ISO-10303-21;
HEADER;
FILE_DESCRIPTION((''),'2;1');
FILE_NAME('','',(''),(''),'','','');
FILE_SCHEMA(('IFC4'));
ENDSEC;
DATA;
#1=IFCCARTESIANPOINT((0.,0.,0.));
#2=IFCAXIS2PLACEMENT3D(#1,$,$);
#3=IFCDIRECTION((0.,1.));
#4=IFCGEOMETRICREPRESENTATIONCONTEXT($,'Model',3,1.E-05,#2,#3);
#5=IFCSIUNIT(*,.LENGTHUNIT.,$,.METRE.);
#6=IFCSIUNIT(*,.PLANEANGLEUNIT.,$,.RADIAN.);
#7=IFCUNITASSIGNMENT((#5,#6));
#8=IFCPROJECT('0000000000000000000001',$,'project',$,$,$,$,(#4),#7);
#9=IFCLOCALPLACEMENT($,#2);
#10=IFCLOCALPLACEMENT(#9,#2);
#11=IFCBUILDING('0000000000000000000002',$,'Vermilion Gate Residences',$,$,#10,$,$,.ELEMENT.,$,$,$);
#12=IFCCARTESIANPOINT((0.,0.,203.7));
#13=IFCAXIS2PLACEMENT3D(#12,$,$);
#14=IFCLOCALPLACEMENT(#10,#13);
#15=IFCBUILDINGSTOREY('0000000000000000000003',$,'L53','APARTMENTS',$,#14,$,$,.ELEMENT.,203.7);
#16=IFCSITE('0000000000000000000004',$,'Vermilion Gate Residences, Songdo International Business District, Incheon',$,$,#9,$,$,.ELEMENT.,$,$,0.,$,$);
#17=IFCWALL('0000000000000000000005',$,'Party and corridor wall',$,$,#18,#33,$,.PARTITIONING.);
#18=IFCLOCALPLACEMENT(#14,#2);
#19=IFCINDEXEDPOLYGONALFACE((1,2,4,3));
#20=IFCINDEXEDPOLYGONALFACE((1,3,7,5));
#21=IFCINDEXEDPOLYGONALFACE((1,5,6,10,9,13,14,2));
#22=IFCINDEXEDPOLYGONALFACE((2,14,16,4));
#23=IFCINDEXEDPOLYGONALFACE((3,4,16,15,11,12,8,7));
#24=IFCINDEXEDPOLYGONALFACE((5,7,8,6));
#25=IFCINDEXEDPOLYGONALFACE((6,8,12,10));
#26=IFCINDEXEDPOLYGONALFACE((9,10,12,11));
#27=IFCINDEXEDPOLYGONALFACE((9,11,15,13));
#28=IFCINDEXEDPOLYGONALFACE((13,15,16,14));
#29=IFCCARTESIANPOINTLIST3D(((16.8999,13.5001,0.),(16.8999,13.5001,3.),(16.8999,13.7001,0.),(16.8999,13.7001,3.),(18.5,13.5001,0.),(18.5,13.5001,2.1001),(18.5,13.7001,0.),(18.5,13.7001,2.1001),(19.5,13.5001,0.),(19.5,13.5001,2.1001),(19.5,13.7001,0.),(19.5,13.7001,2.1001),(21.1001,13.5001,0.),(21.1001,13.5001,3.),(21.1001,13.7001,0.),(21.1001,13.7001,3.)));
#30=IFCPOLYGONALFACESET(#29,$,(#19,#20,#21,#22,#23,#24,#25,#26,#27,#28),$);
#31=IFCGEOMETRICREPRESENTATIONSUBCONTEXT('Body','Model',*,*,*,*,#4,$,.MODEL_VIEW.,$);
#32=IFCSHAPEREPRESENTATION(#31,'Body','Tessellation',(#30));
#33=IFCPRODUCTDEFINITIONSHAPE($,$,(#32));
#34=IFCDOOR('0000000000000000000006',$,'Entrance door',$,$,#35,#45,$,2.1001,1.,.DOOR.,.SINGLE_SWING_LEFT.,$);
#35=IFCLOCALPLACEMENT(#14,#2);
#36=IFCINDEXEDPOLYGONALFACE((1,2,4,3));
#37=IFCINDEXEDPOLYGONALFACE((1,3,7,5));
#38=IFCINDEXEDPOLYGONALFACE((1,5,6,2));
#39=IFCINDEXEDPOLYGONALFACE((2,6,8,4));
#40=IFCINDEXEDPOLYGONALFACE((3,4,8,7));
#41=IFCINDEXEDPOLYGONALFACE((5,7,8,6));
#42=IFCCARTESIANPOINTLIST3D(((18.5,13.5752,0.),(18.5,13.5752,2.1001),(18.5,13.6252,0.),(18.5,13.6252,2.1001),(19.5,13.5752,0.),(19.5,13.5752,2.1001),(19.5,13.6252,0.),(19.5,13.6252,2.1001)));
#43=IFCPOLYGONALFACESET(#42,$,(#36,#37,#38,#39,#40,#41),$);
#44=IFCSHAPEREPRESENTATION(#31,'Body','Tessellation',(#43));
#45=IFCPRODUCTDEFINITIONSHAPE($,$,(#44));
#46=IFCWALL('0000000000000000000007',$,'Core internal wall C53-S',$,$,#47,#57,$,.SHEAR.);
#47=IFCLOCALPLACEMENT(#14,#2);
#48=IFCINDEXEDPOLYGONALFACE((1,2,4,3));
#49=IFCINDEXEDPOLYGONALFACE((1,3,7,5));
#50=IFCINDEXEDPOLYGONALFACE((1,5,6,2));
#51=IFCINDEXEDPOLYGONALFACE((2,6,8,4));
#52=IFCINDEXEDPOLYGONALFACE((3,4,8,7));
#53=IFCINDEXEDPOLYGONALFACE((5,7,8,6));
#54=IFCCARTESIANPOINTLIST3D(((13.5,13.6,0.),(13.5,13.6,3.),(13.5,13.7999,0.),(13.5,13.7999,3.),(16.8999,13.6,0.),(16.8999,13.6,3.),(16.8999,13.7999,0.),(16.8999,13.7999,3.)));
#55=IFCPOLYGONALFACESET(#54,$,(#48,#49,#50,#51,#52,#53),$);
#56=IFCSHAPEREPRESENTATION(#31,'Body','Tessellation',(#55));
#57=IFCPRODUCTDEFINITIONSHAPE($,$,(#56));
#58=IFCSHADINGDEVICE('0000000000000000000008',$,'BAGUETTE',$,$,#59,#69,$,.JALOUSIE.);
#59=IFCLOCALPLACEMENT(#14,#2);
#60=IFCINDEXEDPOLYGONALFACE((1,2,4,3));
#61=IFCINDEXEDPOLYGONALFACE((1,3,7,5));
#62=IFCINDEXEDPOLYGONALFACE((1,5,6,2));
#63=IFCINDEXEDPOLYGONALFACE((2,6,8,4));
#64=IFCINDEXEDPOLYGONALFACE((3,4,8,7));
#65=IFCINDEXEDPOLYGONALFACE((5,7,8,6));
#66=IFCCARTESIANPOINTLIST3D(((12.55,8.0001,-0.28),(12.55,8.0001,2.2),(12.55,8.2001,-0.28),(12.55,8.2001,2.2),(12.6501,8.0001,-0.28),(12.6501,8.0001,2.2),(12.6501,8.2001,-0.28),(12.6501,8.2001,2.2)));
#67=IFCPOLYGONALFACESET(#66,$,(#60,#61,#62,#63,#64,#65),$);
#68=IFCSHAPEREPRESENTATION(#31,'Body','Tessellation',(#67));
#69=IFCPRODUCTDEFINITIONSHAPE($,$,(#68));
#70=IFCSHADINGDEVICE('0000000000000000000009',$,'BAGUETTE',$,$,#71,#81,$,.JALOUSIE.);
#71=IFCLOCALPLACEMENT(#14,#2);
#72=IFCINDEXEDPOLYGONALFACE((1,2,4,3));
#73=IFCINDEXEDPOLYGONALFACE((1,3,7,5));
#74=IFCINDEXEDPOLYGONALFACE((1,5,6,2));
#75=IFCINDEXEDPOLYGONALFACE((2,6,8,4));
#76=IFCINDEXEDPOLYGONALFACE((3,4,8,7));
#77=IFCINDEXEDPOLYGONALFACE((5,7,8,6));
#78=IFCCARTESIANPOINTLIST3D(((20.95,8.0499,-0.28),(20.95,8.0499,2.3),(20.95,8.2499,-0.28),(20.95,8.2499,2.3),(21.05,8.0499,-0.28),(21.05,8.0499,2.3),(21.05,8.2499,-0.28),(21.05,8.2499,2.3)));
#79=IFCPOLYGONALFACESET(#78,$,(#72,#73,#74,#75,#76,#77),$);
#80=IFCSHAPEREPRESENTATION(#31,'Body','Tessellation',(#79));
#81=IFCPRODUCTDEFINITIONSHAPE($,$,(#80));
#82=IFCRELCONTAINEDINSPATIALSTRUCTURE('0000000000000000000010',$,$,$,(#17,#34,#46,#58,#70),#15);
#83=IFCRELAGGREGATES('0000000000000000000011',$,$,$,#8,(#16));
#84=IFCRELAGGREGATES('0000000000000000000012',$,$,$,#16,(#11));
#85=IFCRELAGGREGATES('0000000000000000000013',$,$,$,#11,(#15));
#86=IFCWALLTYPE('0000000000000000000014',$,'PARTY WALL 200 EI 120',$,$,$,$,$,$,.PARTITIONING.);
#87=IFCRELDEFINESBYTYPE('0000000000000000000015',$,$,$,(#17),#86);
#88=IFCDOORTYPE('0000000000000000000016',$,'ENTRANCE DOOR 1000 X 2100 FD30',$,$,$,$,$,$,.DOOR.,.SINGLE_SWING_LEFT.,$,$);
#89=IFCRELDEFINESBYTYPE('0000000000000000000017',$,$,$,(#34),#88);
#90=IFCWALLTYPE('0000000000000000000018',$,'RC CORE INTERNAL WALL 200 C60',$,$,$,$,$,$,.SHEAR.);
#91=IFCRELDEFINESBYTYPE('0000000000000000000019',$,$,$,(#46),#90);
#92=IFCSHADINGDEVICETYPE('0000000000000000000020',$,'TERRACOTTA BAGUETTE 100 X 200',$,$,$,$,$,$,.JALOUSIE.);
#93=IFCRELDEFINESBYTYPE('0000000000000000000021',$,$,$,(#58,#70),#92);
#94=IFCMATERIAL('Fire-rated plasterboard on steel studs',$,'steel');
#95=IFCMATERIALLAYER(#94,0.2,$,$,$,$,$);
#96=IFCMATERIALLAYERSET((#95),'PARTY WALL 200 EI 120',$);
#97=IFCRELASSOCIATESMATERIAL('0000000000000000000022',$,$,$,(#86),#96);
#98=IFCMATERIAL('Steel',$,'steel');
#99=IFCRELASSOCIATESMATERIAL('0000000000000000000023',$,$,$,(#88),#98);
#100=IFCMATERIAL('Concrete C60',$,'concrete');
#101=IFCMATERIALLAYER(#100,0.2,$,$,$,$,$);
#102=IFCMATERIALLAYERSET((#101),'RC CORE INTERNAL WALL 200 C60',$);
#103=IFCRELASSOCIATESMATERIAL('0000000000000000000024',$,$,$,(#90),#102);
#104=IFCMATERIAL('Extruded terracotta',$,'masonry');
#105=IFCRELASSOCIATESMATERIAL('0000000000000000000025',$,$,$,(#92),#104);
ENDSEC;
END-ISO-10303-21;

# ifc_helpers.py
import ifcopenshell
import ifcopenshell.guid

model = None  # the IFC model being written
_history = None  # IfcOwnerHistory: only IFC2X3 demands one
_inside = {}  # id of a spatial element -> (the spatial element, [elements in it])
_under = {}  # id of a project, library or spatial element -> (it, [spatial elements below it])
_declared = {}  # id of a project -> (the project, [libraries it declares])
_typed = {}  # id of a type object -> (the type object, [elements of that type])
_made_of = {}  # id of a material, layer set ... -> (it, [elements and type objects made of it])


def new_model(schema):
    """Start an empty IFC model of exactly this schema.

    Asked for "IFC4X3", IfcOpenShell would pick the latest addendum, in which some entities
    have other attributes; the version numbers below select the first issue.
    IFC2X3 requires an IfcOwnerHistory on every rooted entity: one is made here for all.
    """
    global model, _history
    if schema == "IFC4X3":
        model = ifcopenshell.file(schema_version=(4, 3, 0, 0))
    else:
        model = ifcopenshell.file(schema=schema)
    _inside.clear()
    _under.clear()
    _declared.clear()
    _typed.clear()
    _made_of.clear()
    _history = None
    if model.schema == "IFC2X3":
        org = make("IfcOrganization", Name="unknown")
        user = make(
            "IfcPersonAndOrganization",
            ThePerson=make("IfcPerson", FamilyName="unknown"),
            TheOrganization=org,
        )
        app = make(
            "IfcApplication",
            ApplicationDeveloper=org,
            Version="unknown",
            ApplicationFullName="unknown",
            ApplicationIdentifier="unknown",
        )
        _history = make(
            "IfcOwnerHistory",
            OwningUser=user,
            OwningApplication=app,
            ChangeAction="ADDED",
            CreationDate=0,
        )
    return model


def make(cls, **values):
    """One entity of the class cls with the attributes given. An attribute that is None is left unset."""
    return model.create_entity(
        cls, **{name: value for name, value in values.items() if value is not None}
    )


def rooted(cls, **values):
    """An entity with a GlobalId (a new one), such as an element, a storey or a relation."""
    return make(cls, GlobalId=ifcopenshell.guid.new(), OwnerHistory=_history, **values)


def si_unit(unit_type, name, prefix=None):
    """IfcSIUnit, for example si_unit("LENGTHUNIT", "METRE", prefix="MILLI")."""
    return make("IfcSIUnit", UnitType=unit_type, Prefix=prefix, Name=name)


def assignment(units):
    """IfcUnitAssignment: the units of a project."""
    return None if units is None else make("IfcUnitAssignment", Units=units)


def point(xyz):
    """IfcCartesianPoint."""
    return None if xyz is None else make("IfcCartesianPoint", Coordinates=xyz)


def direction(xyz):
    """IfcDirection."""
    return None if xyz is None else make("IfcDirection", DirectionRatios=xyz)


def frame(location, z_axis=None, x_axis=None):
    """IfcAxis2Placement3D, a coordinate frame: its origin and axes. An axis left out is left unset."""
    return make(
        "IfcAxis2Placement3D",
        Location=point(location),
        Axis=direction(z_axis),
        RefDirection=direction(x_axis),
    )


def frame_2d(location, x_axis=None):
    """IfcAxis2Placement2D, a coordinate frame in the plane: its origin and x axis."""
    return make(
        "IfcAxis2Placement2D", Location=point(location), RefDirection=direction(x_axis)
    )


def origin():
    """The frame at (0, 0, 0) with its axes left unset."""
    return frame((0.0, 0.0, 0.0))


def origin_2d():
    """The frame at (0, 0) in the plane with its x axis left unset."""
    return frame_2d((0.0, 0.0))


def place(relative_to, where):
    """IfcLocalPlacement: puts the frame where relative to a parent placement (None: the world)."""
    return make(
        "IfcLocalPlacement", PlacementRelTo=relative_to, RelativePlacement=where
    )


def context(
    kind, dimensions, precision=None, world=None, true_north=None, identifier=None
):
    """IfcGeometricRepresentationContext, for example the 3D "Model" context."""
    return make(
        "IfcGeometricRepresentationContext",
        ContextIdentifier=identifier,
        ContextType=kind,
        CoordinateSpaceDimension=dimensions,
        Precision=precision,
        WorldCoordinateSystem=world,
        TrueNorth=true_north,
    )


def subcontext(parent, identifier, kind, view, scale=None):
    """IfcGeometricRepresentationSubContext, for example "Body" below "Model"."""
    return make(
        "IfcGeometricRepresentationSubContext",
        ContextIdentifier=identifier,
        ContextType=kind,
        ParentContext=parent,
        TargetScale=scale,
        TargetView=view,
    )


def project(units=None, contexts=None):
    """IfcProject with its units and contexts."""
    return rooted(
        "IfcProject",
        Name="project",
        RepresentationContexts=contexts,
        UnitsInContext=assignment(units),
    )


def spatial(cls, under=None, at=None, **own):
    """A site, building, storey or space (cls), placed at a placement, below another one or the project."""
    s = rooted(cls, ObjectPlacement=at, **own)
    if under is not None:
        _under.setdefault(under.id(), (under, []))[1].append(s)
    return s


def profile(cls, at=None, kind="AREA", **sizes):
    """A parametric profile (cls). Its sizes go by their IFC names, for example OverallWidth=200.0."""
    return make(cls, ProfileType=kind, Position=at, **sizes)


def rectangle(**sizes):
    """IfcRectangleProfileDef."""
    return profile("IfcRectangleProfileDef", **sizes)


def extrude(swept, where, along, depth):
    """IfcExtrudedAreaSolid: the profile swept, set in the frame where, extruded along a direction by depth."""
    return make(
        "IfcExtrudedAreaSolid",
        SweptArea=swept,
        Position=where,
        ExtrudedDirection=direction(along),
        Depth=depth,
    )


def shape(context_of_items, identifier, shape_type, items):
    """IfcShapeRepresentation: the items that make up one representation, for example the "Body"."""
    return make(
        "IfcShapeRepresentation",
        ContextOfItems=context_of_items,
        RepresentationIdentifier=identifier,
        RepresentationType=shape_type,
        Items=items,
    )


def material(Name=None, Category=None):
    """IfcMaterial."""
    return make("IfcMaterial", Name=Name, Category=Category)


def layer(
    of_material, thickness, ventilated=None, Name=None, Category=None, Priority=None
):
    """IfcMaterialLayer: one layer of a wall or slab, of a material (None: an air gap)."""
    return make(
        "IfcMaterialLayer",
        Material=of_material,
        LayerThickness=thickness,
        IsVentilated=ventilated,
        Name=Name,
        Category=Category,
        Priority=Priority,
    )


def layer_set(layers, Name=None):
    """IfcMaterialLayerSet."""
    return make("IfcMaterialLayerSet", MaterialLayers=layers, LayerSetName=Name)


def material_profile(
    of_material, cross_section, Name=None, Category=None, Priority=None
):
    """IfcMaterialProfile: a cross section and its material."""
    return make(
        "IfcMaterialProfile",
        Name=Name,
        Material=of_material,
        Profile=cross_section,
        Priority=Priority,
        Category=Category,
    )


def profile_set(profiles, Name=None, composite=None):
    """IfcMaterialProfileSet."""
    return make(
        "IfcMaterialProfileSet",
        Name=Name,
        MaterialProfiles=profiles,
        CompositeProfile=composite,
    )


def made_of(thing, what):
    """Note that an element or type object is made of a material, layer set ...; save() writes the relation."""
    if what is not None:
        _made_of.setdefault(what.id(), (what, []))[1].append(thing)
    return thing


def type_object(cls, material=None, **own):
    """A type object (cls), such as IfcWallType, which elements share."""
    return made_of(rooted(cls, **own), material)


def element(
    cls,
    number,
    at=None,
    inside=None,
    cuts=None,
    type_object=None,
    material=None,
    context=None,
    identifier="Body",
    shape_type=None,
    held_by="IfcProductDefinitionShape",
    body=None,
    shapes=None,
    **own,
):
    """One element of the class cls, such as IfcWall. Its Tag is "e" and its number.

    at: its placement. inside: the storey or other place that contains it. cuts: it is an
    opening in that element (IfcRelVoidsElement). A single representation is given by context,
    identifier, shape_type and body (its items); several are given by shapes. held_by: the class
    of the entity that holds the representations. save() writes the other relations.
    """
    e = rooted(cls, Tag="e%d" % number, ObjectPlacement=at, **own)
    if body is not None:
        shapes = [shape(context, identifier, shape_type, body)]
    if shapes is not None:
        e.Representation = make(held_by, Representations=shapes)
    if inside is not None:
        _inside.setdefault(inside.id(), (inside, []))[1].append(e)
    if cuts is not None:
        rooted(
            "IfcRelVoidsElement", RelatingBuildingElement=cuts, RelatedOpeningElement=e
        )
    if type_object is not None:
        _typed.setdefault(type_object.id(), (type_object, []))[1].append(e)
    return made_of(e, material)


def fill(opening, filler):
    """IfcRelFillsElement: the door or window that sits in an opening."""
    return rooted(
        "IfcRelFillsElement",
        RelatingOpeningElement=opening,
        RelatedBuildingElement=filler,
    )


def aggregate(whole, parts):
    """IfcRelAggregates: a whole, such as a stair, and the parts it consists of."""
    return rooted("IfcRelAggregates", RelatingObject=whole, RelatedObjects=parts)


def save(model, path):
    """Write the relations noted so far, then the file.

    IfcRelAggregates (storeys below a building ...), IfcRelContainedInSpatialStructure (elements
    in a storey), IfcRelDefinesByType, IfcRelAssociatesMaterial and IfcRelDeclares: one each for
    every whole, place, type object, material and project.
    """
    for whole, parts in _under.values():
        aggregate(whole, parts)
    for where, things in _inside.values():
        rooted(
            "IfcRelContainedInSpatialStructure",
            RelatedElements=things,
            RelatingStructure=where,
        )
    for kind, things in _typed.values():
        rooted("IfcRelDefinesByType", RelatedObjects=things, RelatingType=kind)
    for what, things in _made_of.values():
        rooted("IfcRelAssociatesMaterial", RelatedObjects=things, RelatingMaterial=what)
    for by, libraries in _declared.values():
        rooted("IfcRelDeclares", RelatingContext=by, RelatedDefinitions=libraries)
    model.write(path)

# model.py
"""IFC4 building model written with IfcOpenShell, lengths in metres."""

from ifc_helpers import new_model, si_unit, direction, frame, frame_2d, origin, origin_2d, place, context, subcontext, project, spatial, rectangle, extrude, material, layer, layer_set, material_profile, profile_set, type_object, element, fill, save


model = new_model("IFC4")

# Units and contexts
model_context = context("Model", 3, precision=1e-05, world=origin(), true_north=direction((0.0, 1.0)))
body_context = subcontext(model_context, "Body", "Model", "MODEL_VIEW")
ifc_project = project(units=[si_unit("LENGTHUNIT", "METRE"), si_unit("PLANEANGLEUNIT", "RADIAN")], contexts=[model_context])

# Site, building, storey
site_placement = place(None, origin())
site = spatial("IfcSite", under=ifc_project, at=site_placement, Name="Vermilion Gate Residences, Songdo International Business District, Incheon", CompositionType="ELEMENT", RefElevation=0.0)
building_placement = place(site_placement, origin())
building = spatial("IfcBuilding", under=site, at=building_placement, Name="Vermilion Gate Residences", CompositionType="ELEMENT")
storey_placement = place(building_placement, frame((0.0, 0.0, 203.7)))
storey = spatial("IfcBuildingStorey", under=building, at=storey_placement, Name="L53", Description="APARTMENTS", CompositionType="ELEMENT", Elevation=203.7)

# Wall, opening, door
ifc_material_1 = material(Name="Fire-rated plasterboard on steel studs", Category="steel")
ifc_layer_1 = layer(ifc_material_1, 0.2)
ifc_layer_set_1 = layer_set([ifc_layer_1], Name="PARTY WALL 200 EI 120")
wall_type_1 = type_object("IfcWallType", Name="PARTY WALL 200 EI 120", PredefinedType="PARTITIONING", material=ifc_layer_set_1)
wall_1_placement = place(storey_placement, frame((16.8999, 13.6001, 0.0), z_axis=(0.0, 0.0, 1.0), x_axis=(1.0, 0.0, 0.0)))
wall_1 = element("IfcWall", 1, at=wall_1_placement, inside=storey, type_object=wall_type_1, Name="Party and corridor wall", PredefinedType="PARTITIONING", context=body_context, shape_type="SweptSolid", body=[
    extrude(rectangle(XDim=4.2002, YDim=0.2, at=frame_2d((2.1001, 0.0))), origin(), (0.0, 0.0, 1.0), 3.0),
])
opening_1_placement = place(wall_1_placement, frame((1.6001, 0.0, 0.0)))
opening_1 = element("IfcOpeningElement", 2, at=opening_1_placement, cuts=wall_1, PredefinedType="OPENING", context=body_context, shape_type="SweptSolid", body=[
    extrude(rectangle(XDim=1.0, YDim=2.1001, at=frame_2d((0.5, 1.05))), frame((0.0, 0.1099, 0.0), z_axis=(0.0, -1.0, 0.0), x_axis=(1.0, 0.0, 0.0)), (0.0, 0.0, 1.0), 0.22),
])
ifc_material_2 = material(Name="Steel", Category="steel")
door_type_1 = type_object("IfcDoorType", Name="ENTRANCE DOOR 1000 X 2100 FD30", OperationType="SINGLE_SWING_LEFT", PredefinedType="DOOR", material=ifc_material_2)
door_1_placement = place(opening_1_placement, frame((1.0, 0.0, 0.0), z_axis=(0.0, 0.0, 1.0), x_axis=(-1.0, 0.0, 0.0)))
door_1 = element("IfcDoor", 3, at=door_1_placement, inside=storey, type_object=door_type_1, Name="Entrance door", OperationType="SINGLE_SWING_LEFT", OverallHeight=2.1001, OverallWidth=1.0, PredefinedType="DOOR", context=body_context, shape_type="SweptSolid", body=[
    extrude(rectangle(XDim=1.0, YDim=2.1001, at=frame_2d((0.5, 1.05))), frame((0.0, 0.0249, 0.0), z_axis=(0.0, -1.0, 0.0), x_axis=(1.0, 0.0, 0.0)), (0.0, 0.0, 1.0), 0.05),
])
fill(opening_1, door_1)

# Wall
ifc_material_3 = material(Name="Concrete C60", Category="concrete")
ifc_layer_2 = layer(ifc_material_3, 0.2)
ifc_layer_set_2 = layer_set([ifc_layer_2], Name="RC CORE INTERNAL WALL 200 C60")
wall_type_2 = type_object("IfcWallType", Name="RC CORE INTERNAL WALL 200 C60", PredefinedType="SHEAR", material=ifc_layer_set_2)
wall_2_placement = place(storey_placement, frame((13.5, 13.7, 0.0), z_axis=(0.0, 0.0, 1.0), x_axis=(1.0, 0.0, 0.0)))
element("IfcWall", 4, at=wall_2_placement, inside=storey, type_object=wall_type_2, Name="Core internal wall C53-S", PredefinedType="SHEAR", context=body_context, shape_type="SweptSolid", body=[
    extrude(rectangle(XDim=3.3999, YDim=0.2, at=frame_2d((1.7, 0.0))), origin(), (0.0, 0.0, 1.0), 3.0),
])

# Shading devices
ifc_material_4 = material(Name="Extruded terracotta", Category="masonry")
ifc_material_profile_1 = material_profile(ifc_material_4, rectangle(XDim=0.2, YDim=0.1001, at=origin_2d()), Name="BAGUETTE 100 X 200")
ifc_profile_set_1 = profile_set([ifc_material_profile_1], Name="Extruded terracotta")
shading_device_type = type_object("IfcShadingDeviceType", Name="TERRACOTTA BAGUETTE 100 X 200", PredefinedType="JALOUSIE", material=ifc_profile_set_1)
shading_device_1_placement = place(storey_placement, frame((12.6001, 8.1001, -0.28), z_axis=(0.0, 0.0, 1.0), x_axis=(0.0, 1.0, 0.0)))
element("IfcShadingDevice", 5, at=shading_device_1_placement, inside=storey, type_object=shading_device_type, Name="BAGUETTE", PredefinedType="JALOUSIE", context=body_context, shape_type="SweptSolid", body=[
    extrude(rectangle(XDim=0.2, YDim=0.1001, at=origin_2d()), origin(), (0.0, 0.0, 1.0), 2.48),
])
shading_device_2_placement = place(storey_placement, frame((21.0, 8.1499, -0.28), z_axis=(0.0, 0.0, 1.0), x_axis=(0.0, 1.0, 0.0)))
element("IfcShadingDevice", 6, at=shading_device_2_placement, inside=storey, type_object=shading_device_type, Name="BAGUETTE", PredefinedType="JALOUSIE", context=body_context, shape_type="SweptSolid", body=[
    extrude(rectangle(XDim=0.2, YDim=0.1001, at=origin_2d()), origin(), (0.0, 0.0, 1.0), 2.5801),
])

save(model, "model.ifc")
